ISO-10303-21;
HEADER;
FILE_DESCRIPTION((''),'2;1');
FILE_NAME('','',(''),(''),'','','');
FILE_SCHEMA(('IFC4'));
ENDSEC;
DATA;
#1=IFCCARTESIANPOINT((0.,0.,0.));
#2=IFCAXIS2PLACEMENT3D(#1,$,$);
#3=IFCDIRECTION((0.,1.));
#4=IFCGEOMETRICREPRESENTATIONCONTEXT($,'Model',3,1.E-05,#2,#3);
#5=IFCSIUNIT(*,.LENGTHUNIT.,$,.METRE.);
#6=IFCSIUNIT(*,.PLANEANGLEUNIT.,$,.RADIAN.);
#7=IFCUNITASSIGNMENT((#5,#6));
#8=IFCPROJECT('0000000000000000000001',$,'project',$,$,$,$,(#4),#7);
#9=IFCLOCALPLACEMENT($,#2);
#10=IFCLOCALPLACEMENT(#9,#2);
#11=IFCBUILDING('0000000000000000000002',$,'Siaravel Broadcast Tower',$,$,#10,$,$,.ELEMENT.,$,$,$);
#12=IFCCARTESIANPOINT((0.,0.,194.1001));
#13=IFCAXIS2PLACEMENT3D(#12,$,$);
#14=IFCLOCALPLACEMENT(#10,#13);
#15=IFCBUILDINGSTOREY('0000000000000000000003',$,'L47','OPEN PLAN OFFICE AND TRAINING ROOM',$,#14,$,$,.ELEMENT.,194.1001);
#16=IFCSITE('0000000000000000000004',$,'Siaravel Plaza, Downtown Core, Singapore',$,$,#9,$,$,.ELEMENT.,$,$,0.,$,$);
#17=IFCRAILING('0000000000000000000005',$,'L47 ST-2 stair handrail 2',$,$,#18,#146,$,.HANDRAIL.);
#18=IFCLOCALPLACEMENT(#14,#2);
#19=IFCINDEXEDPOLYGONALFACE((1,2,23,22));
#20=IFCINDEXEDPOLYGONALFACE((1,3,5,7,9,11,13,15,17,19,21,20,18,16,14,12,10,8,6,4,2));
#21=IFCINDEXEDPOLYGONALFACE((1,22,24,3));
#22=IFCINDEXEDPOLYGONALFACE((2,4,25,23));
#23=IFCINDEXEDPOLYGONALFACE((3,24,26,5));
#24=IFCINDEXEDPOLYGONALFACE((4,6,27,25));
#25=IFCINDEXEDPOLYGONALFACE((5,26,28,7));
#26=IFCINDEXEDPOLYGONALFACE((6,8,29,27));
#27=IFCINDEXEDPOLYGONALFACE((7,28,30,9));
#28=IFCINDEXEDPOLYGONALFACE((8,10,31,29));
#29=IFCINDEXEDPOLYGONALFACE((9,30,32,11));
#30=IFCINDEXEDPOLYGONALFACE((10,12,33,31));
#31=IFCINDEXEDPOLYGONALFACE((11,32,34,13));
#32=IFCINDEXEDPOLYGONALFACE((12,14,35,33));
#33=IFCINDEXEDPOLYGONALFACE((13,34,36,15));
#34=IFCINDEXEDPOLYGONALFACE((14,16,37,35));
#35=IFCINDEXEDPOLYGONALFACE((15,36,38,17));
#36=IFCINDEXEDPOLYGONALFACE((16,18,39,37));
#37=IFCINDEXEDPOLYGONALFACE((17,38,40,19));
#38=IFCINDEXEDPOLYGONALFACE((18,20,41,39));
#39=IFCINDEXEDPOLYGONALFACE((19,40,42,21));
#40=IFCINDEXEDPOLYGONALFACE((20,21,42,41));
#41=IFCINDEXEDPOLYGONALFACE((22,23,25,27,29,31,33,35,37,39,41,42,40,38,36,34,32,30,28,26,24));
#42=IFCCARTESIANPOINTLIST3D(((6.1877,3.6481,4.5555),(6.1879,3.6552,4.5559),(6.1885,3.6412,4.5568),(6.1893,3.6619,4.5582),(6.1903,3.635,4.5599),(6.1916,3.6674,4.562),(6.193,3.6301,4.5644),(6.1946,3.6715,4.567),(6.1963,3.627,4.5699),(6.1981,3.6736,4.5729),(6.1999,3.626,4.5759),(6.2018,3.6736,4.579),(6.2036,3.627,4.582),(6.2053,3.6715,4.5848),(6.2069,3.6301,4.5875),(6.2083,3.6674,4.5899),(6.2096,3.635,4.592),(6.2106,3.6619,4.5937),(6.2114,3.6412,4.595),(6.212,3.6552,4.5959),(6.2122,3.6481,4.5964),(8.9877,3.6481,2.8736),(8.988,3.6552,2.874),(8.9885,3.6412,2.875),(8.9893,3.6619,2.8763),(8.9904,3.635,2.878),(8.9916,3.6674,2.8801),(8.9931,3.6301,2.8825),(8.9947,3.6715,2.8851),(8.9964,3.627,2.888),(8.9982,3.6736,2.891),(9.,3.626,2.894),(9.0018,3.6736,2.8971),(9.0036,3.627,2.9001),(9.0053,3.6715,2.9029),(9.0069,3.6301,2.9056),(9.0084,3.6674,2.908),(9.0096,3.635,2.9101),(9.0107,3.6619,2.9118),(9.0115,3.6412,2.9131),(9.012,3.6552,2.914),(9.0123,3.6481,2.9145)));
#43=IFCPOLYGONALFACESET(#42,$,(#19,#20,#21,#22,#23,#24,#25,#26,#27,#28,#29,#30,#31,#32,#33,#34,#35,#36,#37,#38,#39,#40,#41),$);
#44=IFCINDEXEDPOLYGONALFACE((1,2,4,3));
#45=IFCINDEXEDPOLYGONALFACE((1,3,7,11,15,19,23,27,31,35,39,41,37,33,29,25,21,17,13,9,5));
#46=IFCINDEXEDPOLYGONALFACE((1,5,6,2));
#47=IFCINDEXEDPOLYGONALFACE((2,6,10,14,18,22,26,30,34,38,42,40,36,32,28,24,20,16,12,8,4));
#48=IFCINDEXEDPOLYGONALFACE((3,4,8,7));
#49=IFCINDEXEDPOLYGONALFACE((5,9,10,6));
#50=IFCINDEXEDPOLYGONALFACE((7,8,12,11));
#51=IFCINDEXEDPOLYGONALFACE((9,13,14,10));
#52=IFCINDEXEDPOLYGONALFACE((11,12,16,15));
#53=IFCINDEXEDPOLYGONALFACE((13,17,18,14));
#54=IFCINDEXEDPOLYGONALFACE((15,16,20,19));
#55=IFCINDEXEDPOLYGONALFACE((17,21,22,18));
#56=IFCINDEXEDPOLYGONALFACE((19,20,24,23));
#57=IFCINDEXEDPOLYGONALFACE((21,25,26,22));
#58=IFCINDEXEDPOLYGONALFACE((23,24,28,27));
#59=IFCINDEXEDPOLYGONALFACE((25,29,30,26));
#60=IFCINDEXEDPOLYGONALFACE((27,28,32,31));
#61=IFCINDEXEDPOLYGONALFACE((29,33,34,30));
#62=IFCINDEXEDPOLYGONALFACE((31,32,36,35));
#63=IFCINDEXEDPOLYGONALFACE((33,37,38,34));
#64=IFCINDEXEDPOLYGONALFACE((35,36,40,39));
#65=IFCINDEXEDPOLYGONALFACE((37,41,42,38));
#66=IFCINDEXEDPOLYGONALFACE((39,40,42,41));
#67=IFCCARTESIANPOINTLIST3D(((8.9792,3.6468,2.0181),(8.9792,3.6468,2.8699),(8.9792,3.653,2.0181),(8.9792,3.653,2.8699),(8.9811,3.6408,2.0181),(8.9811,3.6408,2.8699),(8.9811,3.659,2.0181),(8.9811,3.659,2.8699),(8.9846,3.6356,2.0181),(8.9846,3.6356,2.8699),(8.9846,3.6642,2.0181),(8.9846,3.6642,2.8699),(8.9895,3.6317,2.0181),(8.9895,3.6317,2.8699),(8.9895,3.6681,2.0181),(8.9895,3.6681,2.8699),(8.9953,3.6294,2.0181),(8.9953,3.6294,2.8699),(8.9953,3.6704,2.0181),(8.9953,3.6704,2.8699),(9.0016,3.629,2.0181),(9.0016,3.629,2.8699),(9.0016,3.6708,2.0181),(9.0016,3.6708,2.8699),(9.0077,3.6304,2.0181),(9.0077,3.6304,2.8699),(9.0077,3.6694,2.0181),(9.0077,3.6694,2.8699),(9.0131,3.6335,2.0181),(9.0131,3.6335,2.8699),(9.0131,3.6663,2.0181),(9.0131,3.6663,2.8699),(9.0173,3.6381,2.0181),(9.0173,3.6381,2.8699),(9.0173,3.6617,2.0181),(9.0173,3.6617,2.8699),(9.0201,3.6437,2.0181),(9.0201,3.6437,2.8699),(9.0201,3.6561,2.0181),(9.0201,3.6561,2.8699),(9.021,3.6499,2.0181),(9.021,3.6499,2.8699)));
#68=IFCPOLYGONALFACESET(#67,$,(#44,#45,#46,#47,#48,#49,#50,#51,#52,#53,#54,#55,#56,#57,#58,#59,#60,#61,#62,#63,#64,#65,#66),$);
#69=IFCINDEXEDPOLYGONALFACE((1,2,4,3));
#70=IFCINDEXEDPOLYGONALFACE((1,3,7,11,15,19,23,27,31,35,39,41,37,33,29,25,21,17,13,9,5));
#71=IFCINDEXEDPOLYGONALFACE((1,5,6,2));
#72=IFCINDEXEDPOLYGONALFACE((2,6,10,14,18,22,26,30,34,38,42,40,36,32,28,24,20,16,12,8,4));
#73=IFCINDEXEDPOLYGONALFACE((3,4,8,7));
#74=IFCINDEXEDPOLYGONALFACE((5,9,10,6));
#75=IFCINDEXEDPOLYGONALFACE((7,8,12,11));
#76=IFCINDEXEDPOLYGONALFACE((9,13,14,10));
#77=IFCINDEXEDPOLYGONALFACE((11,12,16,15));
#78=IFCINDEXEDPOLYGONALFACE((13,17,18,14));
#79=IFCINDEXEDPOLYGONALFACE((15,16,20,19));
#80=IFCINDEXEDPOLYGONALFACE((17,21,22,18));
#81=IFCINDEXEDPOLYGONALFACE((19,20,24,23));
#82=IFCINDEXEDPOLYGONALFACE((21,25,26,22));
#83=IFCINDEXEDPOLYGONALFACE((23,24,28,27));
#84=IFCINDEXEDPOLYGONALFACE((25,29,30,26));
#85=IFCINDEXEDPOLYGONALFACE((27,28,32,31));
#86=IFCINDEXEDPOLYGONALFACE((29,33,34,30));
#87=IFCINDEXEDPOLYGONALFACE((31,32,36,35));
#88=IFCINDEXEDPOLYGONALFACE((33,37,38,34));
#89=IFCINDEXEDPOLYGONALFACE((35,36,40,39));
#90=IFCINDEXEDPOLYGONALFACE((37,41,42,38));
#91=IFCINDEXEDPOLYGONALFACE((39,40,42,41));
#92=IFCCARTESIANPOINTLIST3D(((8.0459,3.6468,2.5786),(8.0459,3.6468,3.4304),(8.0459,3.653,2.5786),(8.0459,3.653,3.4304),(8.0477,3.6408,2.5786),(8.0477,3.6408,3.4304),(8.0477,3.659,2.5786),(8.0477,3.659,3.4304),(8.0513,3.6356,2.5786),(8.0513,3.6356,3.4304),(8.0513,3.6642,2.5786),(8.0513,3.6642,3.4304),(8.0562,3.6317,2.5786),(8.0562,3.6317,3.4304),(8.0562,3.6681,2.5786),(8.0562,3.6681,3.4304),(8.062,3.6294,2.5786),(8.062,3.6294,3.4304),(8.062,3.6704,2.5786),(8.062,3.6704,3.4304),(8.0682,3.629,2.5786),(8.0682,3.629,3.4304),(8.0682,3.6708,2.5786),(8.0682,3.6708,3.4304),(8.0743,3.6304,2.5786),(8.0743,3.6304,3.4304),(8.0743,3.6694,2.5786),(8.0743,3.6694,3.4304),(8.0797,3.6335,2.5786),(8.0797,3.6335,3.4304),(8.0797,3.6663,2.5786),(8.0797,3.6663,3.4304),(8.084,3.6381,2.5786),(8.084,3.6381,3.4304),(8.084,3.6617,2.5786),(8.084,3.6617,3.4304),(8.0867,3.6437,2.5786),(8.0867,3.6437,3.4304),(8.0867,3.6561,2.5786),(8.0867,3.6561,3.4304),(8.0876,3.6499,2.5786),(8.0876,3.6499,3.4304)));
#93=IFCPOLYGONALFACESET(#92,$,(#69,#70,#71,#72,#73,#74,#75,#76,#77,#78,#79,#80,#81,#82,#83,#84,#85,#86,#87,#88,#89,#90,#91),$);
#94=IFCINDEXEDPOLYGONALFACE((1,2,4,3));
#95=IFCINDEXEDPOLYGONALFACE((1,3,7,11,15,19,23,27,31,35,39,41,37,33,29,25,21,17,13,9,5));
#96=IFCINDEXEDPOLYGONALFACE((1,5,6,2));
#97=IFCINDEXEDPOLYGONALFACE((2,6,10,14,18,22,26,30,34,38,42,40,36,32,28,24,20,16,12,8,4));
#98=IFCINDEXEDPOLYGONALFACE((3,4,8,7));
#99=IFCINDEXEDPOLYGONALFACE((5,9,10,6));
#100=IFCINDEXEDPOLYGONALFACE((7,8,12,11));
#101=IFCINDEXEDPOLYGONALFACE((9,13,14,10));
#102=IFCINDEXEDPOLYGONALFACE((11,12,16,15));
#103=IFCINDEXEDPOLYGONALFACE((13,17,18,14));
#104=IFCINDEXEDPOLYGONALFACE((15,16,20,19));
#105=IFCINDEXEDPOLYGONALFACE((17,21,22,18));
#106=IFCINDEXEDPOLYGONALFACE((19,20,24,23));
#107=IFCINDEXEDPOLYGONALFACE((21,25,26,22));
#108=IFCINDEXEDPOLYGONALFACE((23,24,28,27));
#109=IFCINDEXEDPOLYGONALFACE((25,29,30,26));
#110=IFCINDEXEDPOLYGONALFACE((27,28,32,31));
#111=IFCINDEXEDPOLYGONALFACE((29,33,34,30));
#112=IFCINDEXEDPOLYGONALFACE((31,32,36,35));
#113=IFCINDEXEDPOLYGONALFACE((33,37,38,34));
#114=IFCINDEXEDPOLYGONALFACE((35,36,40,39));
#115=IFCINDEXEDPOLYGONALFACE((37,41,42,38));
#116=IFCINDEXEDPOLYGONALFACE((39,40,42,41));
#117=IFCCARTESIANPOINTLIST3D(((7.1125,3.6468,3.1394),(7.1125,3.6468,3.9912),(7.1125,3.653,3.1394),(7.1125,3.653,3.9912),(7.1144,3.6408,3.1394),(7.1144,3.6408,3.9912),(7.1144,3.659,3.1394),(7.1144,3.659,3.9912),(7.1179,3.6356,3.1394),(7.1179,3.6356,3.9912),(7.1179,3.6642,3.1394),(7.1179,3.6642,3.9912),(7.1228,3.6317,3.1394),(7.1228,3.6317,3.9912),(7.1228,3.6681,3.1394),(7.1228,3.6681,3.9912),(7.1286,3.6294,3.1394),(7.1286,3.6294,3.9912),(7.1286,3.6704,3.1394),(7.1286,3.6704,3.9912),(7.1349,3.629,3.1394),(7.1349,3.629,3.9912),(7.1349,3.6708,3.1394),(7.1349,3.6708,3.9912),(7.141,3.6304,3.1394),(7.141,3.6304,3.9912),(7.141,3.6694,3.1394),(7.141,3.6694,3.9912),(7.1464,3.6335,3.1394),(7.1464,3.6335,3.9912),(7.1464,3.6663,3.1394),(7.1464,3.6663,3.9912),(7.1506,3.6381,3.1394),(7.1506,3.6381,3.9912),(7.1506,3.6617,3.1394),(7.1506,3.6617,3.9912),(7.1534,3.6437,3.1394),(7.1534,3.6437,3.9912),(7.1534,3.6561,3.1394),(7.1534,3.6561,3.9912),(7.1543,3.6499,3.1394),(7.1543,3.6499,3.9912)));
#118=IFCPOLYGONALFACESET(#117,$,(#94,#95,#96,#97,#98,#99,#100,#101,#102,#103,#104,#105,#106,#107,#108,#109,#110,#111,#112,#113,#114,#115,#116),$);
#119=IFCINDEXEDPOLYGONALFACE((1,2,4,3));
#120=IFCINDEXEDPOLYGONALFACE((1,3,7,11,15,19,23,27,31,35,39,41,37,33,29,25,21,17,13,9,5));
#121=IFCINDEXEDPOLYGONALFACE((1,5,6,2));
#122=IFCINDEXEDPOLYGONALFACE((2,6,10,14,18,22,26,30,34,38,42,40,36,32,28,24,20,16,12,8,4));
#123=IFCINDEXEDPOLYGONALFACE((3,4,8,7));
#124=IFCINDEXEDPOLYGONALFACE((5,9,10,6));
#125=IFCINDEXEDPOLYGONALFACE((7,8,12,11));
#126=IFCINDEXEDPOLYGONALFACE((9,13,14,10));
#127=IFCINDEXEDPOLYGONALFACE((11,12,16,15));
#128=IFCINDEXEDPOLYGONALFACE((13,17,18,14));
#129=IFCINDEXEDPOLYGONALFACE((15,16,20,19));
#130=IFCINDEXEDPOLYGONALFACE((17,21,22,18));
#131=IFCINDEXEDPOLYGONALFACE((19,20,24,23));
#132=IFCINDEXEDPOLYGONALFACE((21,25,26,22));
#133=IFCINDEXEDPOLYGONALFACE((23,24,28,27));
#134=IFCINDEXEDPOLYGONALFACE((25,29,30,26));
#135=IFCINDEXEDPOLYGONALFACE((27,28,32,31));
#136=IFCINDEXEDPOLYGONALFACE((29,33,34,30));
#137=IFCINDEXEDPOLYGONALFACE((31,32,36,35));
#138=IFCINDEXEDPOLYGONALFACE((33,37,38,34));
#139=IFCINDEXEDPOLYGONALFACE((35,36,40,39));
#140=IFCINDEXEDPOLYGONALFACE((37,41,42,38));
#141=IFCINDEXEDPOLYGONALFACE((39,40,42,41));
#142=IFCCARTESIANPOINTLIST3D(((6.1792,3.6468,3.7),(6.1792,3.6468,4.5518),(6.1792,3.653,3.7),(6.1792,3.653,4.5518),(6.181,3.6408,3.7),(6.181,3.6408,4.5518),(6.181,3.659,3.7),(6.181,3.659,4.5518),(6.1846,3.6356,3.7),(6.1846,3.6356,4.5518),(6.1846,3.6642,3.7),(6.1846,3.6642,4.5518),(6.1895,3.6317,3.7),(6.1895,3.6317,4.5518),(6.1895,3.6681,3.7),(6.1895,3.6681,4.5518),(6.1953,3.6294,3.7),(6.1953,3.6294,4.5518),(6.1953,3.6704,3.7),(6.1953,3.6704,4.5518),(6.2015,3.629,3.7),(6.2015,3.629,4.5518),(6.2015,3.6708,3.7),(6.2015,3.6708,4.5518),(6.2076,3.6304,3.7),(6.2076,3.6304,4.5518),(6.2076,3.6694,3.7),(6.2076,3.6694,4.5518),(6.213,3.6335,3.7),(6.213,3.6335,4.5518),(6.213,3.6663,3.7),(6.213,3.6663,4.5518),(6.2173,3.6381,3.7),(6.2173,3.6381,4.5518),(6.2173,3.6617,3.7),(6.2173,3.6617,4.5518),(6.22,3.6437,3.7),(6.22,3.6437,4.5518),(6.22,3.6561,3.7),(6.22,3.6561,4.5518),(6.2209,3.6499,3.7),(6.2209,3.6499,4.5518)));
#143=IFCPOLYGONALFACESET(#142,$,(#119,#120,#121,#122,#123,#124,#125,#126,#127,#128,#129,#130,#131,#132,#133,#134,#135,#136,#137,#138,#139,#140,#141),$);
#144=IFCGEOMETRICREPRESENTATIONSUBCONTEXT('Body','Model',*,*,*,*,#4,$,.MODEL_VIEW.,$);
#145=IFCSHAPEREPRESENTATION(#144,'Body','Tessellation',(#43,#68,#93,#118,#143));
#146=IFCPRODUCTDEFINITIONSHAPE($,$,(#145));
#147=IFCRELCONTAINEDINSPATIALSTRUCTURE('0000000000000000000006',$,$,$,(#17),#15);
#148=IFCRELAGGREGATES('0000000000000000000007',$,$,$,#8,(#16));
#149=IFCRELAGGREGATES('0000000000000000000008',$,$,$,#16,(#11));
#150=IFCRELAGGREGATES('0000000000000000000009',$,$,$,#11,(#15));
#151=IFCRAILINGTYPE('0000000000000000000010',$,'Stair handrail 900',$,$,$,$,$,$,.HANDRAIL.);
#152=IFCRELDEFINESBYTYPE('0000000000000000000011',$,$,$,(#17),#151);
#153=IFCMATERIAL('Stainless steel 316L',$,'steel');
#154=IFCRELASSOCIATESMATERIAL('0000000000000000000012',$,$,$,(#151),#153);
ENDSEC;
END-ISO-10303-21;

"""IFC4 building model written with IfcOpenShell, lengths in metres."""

from ifc_helpers import new_model, si_unit, direction, frame, origin, origin_2d, place, context, subcontext, project, spatial, circle, extrude, material, type_object, element, save


model = new_model("IFC4")

# Units and contexts
model_context = context("Model", 3, precision=1e-05, world=origin(), true_north=direction((0.0, 1.0)))
body_context = subcontext(model_context, "Body", "Model", "MODEL_VIEW")
ifc_project = project(units=[si_unit("LENGTHUNIT", "METRE"), si_unit("PLANEANGLEUNIT", "RADIAN")], contexts=[model_context])

# Site, building, storey
site_placement = place(None, origin())
site = spatial("IfcSite", under=ifc_project, at=site_placement, Name="Siaravel Plaza, Downtown Core, Singapore", CompositionType="ELEMENT", RefElevation=0.0)
building_placement = place(site_placement, origin())
building = spatial("IfcBuilding", under=site, at=building_placement, Name="Siaravel Broadcast Tower", CompositionType="ELEMENT")
storey_placement = place(building_placement, frame((0.0, 0.0, 194.1001)))
storey = spatial("IfcBuildingStorey", under=building, at=storey_placement, Name="L47", Description="OPEN PLAN OFFICE AND TRAINING ROOM", CompositionType="ELEMENT", Elevation=194.1001)

# Railing
ifc_material_1 = material(Name="Stainless steel 316L", Category="steel")
railing_type_1 = type_object("IfcRailingType", Name="Stair handrail 900", PredefinedType="HANDRAIL", material=ifc_material_1)
railing_1_placement = place(storey_placement, frame((9.0, 3.6499, 2.0181)))
element("IfcRailing", 1, at=railing_1_placement, inside=storey, type_object=railing_type_1, Name="L47 ST-2 stair handrail 2", PredefinedType="HANDRAIL", context=body_context, shape_type="SweptSolid", body=[
    extrude(circle(Radius=0.0239, at=origin_2d()), frame((0.0, 0.0, 0.876), z_axis=(-0.857242, 0.0, 0.514913), x_axis=(0.0, -1.0, 0.0)), (0.0, 0.0, 1.0), 3.2664),
    extrude(circle(Radius=0.021, at=origin_2d()), origin(), (0.0, 0.0, 1.0), 0.8518),
    extrude(circle(Radius=0.021, at=origin_2d()), frame((-0.9333, 0.0, 0.5605)), (0.0, 0.0, 1.0), 0.8518),
    extrude(circle(Radius=0.021, at=origin_2d()), frame((-1.8667, 0.0, 1.1213)), (0.0, 0.0, 1.0), 0.8518),
    extrude(circle(Radius=0.021, at=origin_2d()), frame((-2.8, 0.0, 1.6819)), (0.0, 0.0, 1.0), 0.8518),
])

save(model, "model.ifc")
